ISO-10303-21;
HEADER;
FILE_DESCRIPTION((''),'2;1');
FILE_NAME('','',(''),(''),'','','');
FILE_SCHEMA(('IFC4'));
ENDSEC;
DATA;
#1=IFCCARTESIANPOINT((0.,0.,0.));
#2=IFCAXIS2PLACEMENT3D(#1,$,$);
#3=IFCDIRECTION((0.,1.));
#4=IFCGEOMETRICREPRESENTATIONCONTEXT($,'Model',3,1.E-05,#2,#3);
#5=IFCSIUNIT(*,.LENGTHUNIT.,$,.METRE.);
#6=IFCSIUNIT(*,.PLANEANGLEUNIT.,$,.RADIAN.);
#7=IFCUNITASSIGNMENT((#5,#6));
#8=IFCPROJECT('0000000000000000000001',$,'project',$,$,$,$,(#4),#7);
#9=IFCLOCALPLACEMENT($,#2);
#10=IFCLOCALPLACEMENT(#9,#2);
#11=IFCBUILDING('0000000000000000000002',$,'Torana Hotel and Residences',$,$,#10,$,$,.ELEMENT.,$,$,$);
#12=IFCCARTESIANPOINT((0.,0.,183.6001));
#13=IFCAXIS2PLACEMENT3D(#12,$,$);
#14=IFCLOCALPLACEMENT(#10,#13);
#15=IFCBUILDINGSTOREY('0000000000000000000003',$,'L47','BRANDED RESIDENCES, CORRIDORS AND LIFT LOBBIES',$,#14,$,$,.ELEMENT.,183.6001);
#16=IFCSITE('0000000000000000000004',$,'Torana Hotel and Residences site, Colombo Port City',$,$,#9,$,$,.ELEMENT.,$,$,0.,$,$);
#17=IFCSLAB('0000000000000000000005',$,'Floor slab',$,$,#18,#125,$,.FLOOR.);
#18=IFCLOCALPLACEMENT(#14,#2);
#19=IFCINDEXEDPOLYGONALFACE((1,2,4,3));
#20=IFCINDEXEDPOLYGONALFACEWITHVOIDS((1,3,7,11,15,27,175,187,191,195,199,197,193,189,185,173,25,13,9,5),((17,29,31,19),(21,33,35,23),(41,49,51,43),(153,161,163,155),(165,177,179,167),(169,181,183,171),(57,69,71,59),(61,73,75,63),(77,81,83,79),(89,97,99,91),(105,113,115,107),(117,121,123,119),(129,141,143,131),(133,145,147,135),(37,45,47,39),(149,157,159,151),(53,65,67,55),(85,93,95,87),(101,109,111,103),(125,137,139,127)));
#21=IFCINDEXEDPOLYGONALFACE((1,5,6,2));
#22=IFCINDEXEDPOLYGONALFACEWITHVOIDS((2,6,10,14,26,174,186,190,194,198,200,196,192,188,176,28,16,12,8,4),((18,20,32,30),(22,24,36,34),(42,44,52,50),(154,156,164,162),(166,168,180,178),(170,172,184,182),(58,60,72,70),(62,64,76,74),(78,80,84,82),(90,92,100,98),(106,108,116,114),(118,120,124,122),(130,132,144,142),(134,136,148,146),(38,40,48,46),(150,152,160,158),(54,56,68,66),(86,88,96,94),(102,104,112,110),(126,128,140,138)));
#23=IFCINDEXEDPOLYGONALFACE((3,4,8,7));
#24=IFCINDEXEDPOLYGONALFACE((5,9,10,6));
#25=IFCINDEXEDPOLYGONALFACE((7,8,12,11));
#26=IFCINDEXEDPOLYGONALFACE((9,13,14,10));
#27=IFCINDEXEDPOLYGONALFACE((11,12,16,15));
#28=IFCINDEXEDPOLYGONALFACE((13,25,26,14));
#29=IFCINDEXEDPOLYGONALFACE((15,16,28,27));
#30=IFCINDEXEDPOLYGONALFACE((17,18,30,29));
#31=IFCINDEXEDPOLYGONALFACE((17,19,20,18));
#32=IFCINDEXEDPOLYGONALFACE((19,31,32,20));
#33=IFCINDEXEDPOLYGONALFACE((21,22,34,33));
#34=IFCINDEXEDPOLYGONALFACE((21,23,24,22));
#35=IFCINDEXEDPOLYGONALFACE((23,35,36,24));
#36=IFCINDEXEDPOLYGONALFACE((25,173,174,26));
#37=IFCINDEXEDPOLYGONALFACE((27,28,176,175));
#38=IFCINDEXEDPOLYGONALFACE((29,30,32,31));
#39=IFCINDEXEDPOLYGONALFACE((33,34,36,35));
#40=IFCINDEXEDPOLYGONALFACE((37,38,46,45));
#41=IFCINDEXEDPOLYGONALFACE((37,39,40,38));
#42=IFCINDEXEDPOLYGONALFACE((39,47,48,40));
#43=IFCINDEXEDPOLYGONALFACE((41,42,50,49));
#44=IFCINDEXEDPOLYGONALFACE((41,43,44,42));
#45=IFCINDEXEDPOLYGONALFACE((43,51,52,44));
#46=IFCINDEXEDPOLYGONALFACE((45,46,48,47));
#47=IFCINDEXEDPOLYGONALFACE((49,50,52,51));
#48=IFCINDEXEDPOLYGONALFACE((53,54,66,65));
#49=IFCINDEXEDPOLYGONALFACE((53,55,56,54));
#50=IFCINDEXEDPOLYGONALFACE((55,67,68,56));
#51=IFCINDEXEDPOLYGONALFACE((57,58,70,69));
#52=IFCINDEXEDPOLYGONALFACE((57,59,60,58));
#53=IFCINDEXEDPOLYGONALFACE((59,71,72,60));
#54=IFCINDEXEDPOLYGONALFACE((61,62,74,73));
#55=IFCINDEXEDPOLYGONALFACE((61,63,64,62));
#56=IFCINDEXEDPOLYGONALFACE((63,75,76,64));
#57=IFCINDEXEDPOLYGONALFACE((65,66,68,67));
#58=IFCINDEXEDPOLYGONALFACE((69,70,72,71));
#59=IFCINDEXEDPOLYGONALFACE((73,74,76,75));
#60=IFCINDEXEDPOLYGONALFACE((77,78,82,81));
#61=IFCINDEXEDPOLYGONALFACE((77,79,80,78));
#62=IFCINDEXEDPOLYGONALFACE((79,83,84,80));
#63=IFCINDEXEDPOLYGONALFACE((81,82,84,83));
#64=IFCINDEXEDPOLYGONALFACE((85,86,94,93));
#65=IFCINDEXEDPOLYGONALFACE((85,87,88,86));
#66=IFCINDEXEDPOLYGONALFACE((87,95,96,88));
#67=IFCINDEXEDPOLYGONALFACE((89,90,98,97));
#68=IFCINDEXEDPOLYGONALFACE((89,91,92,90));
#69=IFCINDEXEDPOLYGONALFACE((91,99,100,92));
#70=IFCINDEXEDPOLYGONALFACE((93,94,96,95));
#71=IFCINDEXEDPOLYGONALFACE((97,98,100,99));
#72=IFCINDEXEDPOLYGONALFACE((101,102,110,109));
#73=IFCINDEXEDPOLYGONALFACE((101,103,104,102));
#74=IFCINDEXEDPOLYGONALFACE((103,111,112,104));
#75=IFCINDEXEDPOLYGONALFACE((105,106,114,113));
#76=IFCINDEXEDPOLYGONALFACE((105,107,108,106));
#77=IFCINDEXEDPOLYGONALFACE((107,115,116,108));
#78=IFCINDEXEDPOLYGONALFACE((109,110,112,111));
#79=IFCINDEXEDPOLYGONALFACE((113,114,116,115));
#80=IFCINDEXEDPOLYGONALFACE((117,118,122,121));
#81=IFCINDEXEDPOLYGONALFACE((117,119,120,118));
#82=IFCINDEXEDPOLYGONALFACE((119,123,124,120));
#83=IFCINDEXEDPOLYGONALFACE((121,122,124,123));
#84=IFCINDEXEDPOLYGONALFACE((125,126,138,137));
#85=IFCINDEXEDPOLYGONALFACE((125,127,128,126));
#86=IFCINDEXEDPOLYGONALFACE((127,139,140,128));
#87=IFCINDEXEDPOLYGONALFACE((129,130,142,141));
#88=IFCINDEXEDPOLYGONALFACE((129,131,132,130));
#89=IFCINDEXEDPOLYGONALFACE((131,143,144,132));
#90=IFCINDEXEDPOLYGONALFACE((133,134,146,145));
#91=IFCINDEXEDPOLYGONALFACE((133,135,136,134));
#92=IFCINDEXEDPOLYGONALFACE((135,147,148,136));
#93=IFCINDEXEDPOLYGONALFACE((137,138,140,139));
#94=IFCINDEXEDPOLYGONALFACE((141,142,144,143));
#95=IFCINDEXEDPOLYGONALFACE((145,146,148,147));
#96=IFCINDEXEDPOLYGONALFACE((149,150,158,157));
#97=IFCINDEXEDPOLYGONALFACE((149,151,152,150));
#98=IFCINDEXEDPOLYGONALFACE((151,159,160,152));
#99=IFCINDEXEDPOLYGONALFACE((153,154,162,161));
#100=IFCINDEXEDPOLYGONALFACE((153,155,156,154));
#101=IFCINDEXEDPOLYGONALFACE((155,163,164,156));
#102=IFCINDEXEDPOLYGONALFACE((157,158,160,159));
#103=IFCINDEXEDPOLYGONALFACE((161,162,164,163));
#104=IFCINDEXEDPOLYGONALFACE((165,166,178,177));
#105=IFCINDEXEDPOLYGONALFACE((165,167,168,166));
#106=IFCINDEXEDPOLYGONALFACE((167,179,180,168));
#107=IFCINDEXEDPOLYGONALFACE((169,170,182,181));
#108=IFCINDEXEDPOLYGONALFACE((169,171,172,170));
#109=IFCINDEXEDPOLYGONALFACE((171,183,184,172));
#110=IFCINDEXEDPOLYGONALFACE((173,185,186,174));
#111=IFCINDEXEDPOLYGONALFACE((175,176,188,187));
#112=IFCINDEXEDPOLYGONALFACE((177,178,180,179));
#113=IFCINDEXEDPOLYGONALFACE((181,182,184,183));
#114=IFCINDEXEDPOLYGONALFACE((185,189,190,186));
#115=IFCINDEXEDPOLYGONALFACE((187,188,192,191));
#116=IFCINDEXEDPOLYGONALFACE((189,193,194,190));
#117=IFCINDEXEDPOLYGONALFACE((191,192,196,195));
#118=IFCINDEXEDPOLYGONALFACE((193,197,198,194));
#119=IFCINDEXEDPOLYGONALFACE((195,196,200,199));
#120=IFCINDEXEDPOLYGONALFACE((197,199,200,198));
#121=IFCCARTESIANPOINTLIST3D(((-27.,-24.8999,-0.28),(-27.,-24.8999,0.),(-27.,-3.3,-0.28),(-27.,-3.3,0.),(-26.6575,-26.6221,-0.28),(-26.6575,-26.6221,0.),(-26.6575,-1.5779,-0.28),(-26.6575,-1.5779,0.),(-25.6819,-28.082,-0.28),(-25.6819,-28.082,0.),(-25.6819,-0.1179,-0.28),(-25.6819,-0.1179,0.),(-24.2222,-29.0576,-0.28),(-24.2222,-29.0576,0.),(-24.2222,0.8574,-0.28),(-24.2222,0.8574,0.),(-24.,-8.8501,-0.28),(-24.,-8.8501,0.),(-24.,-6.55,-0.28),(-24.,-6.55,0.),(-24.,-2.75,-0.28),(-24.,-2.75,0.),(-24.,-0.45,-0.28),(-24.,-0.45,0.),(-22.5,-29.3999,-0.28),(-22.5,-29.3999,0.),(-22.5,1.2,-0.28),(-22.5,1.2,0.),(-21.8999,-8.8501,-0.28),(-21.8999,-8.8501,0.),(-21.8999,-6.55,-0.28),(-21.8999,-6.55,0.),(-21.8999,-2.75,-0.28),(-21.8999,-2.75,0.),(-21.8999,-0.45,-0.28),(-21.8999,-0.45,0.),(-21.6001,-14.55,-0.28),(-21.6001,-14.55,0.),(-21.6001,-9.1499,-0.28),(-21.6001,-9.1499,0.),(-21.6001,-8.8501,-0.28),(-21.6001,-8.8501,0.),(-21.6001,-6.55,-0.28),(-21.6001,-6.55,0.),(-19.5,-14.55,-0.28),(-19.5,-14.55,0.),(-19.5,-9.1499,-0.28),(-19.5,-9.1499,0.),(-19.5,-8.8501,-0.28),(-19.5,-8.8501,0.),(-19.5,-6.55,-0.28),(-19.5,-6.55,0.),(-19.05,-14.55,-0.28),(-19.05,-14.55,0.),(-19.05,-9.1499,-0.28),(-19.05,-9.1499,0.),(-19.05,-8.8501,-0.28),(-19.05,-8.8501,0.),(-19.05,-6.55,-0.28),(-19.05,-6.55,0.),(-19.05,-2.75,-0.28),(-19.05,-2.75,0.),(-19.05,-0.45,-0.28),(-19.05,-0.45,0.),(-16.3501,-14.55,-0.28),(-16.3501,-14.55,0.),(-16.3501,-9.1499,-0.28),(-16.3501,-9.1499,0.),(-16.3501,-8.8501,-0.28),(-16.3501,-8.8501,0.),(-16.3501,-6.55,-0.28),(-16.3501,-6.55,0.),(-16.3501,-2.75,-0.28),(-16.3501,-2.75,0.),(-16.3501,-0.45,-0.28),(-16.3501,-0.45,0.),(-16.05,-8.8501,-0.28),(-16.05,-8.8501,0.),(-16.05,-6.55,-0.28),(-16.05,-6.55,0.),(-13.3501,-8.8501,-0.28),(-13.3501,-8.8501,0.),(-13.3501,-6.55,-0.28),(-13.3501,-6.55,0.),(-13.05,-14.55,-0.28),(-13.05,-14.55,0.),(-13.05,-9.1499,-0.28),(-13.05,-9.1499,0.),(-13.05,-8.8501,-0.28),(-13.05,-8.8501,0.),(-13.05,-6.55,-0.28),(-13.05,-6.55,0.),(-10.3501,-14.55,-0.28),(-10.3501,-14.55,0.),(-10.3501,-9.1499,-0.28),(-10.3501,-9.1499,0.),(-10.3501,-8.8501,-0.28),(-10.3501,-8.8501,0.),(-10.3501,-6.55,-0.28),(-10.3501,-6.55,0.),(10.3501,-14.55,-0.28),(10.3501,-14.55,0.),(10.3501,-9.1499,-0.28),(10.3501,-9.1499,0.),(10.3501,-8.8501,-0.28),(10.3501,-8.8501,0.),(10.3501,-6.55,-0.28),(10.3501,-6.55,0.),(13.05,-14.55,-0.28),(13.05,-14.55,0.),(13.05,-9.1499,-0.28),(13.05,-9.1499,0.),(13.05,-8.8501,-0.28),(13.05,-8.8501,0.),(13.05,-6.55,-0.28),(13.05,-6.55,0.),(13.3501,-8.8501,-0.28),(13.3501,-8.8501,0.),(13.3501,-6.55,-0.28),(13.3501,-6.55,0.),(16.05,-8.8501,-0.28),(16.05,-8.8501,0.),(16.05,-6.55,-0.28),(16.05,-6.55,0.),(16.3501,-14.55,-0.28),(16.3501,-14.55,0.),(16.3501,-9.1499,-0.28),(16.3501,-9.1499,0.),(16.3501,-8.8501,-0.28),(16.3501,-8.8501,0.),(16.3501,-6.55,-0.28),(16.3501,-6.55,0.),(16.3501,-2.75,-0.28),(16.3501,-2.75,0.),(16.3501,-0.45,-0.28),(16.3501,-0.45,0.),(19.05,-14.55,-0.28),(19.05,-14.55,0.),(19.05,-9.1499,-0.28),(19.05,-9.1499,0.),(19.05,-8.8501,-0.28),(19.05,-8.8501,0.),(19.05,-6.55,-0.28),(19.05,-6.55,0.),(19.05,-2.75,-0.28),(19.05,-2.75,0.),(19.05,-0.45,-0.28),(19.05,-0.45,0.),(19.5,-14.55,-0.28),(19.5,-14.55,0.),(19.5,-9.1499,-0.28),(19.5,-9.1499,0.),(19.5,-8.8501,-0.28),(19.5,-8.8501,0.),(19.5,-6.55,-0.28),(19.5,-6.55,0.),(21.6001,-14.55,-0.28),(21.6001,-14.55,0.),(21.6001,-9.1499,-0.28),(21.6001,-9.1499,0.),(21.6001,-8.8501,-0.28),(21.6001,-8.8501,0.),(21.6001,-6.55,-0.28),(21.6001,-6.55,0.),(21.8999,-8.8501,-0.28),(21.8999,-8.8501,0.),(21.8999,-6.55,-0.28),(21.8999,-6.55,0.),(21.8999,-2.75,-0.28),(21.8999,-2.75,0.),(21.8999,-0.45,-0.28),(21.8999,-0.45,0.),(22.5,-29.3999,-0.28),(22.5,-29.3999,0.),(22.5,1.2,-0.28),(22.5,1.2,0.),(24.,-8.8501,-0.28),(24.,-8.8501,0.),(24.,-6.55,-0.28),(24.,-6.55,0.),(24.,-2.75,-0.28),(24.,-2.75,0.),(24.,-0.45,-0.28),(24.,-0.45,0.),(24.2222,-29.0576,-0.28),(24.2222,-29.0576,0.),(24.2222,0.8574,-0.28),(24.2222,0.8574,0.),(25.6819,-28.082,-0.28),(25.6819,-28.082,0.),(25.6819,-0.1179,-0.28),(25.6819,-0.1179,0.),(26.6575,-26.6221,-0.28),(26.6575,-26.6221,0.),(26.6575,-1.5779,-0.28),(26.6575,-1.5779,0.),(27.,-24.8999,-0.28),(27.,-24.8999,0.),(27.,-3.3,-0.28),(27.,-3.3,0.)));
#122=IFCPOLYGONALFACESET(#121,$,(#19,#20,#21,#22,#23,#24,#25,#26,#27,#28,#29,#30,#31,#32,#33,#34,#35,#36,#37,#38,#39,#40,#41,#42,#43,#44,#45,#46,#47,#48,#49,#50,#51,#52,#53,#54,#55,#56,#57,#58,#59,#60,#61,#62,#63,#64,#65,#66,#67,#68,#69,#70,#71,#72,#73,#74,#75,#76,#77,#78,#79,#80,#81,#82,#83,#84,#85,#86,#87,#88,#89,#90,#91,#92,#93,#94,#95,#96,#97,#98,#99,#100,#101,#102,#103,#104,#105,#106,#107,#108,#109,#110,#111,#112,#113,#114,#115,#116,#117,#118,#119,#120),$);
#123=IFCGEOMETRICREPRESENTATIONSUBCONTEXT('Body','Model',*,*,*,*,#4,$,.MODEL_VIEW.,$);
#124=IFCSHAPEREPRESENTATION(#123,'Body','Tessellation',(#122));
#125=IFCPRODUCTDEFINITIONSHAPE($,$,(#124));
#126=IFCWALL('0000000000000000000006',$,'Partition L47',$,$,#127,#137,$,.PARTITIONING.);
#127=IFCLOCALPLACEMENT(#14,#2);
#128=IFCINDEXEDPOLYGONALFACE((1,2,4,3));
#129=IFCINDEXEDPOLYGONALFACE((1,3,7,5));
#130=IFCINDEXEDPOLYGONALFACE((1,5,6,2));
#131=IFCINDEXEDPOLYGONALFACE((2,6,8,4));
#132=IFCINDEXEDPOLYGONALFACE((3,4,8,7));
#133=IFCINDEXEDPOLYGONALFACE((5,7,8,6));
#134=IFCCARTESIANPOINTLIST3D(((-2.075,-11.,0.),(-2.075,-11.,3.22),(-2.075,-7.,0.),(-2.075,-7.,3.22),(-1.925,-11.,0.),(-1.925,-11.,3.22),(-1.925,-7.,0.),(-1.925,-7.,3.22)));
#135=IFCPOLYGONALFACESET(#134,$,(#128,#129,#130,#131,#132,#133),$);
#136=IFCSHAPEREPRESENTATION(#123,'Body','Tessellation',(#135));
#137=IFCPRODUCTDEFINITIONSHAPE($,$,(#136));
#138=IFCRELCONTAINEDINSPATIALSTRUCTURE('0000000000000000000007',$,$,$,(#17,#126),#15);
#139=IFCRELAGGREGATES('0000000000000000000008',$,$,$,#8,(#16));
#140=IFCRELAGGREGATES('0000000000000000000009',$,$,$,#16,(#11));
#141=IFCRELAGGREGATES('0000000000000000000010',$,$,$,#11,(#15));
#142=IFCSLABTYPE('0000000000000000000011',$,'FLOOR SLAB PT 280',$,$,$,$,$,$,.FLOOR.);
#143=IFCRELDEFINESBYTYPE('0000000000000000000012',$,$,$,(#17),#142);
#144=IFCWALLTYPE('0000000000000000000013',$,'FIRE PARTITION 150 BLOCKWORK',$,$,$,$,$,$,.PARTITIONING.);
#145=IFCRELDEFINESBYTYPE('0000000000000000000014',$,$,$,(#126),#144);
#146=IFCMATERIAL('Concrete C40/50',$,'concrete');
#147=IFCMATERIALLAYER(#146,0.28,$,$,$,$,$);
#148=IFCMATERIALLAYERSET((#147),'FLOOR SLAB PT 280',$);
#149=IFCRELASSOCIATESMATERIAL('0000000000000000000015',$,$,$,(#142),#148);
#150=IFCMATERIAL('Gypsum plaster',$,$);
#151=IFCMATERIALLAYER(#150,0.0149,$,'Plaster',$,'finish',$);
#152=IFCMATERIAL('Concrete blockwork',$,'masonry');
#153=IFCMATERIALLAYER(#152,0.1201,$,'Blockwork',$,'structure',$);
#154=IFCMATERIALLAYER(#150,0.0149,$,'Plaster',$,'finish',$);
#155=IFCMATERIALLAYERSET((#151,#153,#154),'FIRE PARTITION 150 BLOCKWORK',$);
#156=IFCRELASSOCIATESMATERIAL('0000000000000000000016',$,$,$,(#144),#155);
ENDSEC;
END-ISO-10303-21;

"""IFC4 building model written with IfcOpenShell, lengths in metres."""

from ifc_helpers import new_model, si_unit, direction, frame, frame_2d, origin, place, context, subcontext, project, spatial, polyline, rectangle, outline, extrude, material, layer, layer_set, type_object, element, save


model = new_model("IFC4")

# Units and contexts
model_context = context("Model", 3, precision=1e-05, world=origin(), true_north=direction((0.0, 1.0)))
body_context = subcontext(model_context, "Body", "Model", "MODEL_VIEW")
ifc_project = project(units=[si_unit("LENGTHUNIT", "METRE"), si_unit("PLANEANGLEUNIT", "RADIAN")], contexts=[model_context])

# Site, building, storey
site_placement = place(None, origin())
site = spatial("IfcSite", under=ifc_project, at=site_placement, Name="Torana Hotel and Residences site, Colombo Port City", CompositionType="ELEMENT", RefElevation=0.0)
building_placement = place(site_placement, origin())
building = spatial("IfcBuilding", under=site, at=building_placement, Name="Torana Hotel and Residences", CompositionType="ELEMENT")
storey_placement = place(building_placement, frame((0.0, 0.0, 183.6001)))
storey = spatial("IfcBuildingStorey", under=building, at=storey_placement, Name="L47", Description="BRANDED RESIDENCES, CORRIDORS AND LIFT LOBBIES", CompositionType="ELEMENT", Elevation=183.6001)

# Slab
ifc_material_1 = material(Name="Concrete C40/50", Category="concrete")
ifc_layer_1 = layer(ifc_material_1, 0.28)
ifc_layer_set_1 = layer_set([ifc_layer_1], Name="FLOOR SLAB PT 280")
slab_type_1 = type_object("IfcSlabType", Name="FLOOR SLAB PT 280", PredefinedType="FLOOR", material=ifc_layer_set_1)
slab_1_placement = place(storey_placement, frame((0.0, 0.0, -0.28)))
element("IfcSlab", 1, at=slab_1_placement, inside=storey, type_object=slab_type_1, Name="Floor slab", PredefinedType="FLOOR", context=body_context, shape_type="SweptSolid", body=[
    extrude(outline(polyline([(27.0, -3.3), (26.6575, -1.5779), (25.6819, -0.1179), (24.2222, 0.8574), (22.5, 1.2), (-22.5, 1.2), (-24.2222, 0.8574), (-25.6819, -0.1179), (-26.6575, -1.5779), (-27.0, -3.3), (-27.0, -24.8999), (-26.6575, -26.6221), (-25.6819, -28.082), (-24.2222, -29.0576), (-22.5, -29.3999), (22.5, -29.3999), (24.2222, -29.0576), (25.6819, -28.082), (26.6575, -26.6221), (27.0, -24.8999), (27.0, -3.3)]), holes=[polyline([(-13.05, -14.55), (-10.3501, -14.55), (-10.3501, -9.1499), (-13.05, -9.1499), (-13.05, -14.55)]), polyline([(-19.05, -14.55), (-16.3501, -14.55), (-16.3501, -9.1499), (-19.05, -9.1499), (-19.05, -14.55)]), polyline([(-19.05, -2.75), (-16.3501, -2.75), (-16.3501, -0.45), (-19.05, -0.45), (-19.05, -2.75)]), polyline([(-21.6001, -8.8501), (-19.5, -8.8501), (-19.5, -6.55), (-21.6001, -6.55), (-21.6001, -8.8501)]), polyline([(-24.0, -2.75), (-21.8999, -2.75), (-21.8999, -0.45), (-24.0, -0.45), (-24.0, -2.75)]), polyline([(-24.0, -8.8501), (-21.8999, -8.8501), (-21.8999, -6.55), (-24.0, -6.55), (-24.0, -8.8501)]), polyline([(-13.05, -8.8501), (-10.3501, -8.8501), (-10.3501, -6.55), (-13.05, -6.55), (-13.05, -8.8501)]), polyline([(-16.05, -8.8501), (-13.3501, -8.8501), (-13.3501, -6.55), (-16.05, -6.55), (-16.05, -8.8501)]), polyline([(-19.05, -8.8501), (-16.3501, -8.8501), (-16.3501, -6.55), (-19.05, -6.55), (-19.05, -8.8501)]), polyline([(-21.6001, -14.55), (-19.5, -14.55), (-19.5, -9.1499), (-21.6001, -9.1499), (-21.6001, -14.55)]), polyline([(10.3501, -14.55), (13.05, -14.55), (13.05, -9.1499), (10.3501, -9.1499), (10.3501, -14.55)]), polyline([(16.3501, -14.55), (19.05, -14.55), (19.05, -9.1499), (16.3501, -9.1499), (16.3501, -14.55)]), polyline([(16.3501, -2.75), (19.05, -2.75), (19.05, -0.45), (16.3501, -0.45), (16.3501, -2.75)]), polyline([(19.5, -8.8501), (21.6001, -8.8501), (21.6001, -6.55), (19.5, -6.55), (19.5, -8.8501)]), polyline([(21.8999, -2.75), (24.0, -2.75), (24.0, -0.45), (21.8999, -0.45), (21.8999, -2.75)]), polyline([(21.8999, -8.8501), (24.0, -8.8501), (24.0, -6.55), (21.8999, -6.55), (21.8999, -8.8501)]), polyline([(10.3501, -8.8501), (13.05, -8.8501), (13.05, -6.55), (10.3501, -6.55), (10.3501, -8.8501)]), polyline([(13.3501, -8.8501), (16.05, -8.8501), (16.05, -6.55), (13.3501, -6.55), (13.3501, -8.8501)]), polyline([(16.3501, -8.8501), (19.05, -8.8501), (19.05, -6.55), (16.3501, -6.55), (16.3501, -8.8501)]), polyline([(19.5, -14.55), (21.6001, -14.55), (21.6001, -9.1499), (19.5, -9.1499), (19.5, -14.55)])]), origin(), (0.0, 0.0, 1.0), 0.28),
])

# Wall
ifc_material_2 = material(Name="Gypsum plaster")
ifc_layer_2 = layer(ifc_material_2, 0.0149, Name="Plaster", Category="finish")
ifc_material_3 = material(Name="Concrete blockwork", Category="masonry")
ifc_layer_3 = layer(ifc_material_3, 0.1201, Name="Blockwork", Category="structure")
ifc_layer_4 = layer(ifc_material_2, 0.0149, Name="Plaster", Category="finish")
ifc_layer_set_2 = layer_set([ifc_layer_2, ifc_layer_3, ifc_layer_4], Name="FIRE PARTITION 150 BLOCKWORK")
wall_type_1 = type_object("IfcWallType", Name="FIRE PARTITION 150 BLOCKWORK", PredefinedType="PARTITIONING", material=ifc_layer_set_2)
wall_1_placement = place(storey_placement, frame((-2.0, -11.0, 0.0), z_axis=(0.0, 0.0, 1.0), x_axis=(0.0, 1.0, 0.0)))
element("IfcWall", 2, at=wall_1_placement, inside=storey, type_object=wall_type_1, Name="Partition L47", PredefinedType="PARTITIONING", context=body_context, shape_type="SweptSolid", body=[
    extrude(rectangle(XDim=4.0, YDim=0.1499, at=frame_2d((2.0, 0.0))), origin(), (0.0, 0.0, 1.0), 3.22),
])

save(model, "model.ifc")
